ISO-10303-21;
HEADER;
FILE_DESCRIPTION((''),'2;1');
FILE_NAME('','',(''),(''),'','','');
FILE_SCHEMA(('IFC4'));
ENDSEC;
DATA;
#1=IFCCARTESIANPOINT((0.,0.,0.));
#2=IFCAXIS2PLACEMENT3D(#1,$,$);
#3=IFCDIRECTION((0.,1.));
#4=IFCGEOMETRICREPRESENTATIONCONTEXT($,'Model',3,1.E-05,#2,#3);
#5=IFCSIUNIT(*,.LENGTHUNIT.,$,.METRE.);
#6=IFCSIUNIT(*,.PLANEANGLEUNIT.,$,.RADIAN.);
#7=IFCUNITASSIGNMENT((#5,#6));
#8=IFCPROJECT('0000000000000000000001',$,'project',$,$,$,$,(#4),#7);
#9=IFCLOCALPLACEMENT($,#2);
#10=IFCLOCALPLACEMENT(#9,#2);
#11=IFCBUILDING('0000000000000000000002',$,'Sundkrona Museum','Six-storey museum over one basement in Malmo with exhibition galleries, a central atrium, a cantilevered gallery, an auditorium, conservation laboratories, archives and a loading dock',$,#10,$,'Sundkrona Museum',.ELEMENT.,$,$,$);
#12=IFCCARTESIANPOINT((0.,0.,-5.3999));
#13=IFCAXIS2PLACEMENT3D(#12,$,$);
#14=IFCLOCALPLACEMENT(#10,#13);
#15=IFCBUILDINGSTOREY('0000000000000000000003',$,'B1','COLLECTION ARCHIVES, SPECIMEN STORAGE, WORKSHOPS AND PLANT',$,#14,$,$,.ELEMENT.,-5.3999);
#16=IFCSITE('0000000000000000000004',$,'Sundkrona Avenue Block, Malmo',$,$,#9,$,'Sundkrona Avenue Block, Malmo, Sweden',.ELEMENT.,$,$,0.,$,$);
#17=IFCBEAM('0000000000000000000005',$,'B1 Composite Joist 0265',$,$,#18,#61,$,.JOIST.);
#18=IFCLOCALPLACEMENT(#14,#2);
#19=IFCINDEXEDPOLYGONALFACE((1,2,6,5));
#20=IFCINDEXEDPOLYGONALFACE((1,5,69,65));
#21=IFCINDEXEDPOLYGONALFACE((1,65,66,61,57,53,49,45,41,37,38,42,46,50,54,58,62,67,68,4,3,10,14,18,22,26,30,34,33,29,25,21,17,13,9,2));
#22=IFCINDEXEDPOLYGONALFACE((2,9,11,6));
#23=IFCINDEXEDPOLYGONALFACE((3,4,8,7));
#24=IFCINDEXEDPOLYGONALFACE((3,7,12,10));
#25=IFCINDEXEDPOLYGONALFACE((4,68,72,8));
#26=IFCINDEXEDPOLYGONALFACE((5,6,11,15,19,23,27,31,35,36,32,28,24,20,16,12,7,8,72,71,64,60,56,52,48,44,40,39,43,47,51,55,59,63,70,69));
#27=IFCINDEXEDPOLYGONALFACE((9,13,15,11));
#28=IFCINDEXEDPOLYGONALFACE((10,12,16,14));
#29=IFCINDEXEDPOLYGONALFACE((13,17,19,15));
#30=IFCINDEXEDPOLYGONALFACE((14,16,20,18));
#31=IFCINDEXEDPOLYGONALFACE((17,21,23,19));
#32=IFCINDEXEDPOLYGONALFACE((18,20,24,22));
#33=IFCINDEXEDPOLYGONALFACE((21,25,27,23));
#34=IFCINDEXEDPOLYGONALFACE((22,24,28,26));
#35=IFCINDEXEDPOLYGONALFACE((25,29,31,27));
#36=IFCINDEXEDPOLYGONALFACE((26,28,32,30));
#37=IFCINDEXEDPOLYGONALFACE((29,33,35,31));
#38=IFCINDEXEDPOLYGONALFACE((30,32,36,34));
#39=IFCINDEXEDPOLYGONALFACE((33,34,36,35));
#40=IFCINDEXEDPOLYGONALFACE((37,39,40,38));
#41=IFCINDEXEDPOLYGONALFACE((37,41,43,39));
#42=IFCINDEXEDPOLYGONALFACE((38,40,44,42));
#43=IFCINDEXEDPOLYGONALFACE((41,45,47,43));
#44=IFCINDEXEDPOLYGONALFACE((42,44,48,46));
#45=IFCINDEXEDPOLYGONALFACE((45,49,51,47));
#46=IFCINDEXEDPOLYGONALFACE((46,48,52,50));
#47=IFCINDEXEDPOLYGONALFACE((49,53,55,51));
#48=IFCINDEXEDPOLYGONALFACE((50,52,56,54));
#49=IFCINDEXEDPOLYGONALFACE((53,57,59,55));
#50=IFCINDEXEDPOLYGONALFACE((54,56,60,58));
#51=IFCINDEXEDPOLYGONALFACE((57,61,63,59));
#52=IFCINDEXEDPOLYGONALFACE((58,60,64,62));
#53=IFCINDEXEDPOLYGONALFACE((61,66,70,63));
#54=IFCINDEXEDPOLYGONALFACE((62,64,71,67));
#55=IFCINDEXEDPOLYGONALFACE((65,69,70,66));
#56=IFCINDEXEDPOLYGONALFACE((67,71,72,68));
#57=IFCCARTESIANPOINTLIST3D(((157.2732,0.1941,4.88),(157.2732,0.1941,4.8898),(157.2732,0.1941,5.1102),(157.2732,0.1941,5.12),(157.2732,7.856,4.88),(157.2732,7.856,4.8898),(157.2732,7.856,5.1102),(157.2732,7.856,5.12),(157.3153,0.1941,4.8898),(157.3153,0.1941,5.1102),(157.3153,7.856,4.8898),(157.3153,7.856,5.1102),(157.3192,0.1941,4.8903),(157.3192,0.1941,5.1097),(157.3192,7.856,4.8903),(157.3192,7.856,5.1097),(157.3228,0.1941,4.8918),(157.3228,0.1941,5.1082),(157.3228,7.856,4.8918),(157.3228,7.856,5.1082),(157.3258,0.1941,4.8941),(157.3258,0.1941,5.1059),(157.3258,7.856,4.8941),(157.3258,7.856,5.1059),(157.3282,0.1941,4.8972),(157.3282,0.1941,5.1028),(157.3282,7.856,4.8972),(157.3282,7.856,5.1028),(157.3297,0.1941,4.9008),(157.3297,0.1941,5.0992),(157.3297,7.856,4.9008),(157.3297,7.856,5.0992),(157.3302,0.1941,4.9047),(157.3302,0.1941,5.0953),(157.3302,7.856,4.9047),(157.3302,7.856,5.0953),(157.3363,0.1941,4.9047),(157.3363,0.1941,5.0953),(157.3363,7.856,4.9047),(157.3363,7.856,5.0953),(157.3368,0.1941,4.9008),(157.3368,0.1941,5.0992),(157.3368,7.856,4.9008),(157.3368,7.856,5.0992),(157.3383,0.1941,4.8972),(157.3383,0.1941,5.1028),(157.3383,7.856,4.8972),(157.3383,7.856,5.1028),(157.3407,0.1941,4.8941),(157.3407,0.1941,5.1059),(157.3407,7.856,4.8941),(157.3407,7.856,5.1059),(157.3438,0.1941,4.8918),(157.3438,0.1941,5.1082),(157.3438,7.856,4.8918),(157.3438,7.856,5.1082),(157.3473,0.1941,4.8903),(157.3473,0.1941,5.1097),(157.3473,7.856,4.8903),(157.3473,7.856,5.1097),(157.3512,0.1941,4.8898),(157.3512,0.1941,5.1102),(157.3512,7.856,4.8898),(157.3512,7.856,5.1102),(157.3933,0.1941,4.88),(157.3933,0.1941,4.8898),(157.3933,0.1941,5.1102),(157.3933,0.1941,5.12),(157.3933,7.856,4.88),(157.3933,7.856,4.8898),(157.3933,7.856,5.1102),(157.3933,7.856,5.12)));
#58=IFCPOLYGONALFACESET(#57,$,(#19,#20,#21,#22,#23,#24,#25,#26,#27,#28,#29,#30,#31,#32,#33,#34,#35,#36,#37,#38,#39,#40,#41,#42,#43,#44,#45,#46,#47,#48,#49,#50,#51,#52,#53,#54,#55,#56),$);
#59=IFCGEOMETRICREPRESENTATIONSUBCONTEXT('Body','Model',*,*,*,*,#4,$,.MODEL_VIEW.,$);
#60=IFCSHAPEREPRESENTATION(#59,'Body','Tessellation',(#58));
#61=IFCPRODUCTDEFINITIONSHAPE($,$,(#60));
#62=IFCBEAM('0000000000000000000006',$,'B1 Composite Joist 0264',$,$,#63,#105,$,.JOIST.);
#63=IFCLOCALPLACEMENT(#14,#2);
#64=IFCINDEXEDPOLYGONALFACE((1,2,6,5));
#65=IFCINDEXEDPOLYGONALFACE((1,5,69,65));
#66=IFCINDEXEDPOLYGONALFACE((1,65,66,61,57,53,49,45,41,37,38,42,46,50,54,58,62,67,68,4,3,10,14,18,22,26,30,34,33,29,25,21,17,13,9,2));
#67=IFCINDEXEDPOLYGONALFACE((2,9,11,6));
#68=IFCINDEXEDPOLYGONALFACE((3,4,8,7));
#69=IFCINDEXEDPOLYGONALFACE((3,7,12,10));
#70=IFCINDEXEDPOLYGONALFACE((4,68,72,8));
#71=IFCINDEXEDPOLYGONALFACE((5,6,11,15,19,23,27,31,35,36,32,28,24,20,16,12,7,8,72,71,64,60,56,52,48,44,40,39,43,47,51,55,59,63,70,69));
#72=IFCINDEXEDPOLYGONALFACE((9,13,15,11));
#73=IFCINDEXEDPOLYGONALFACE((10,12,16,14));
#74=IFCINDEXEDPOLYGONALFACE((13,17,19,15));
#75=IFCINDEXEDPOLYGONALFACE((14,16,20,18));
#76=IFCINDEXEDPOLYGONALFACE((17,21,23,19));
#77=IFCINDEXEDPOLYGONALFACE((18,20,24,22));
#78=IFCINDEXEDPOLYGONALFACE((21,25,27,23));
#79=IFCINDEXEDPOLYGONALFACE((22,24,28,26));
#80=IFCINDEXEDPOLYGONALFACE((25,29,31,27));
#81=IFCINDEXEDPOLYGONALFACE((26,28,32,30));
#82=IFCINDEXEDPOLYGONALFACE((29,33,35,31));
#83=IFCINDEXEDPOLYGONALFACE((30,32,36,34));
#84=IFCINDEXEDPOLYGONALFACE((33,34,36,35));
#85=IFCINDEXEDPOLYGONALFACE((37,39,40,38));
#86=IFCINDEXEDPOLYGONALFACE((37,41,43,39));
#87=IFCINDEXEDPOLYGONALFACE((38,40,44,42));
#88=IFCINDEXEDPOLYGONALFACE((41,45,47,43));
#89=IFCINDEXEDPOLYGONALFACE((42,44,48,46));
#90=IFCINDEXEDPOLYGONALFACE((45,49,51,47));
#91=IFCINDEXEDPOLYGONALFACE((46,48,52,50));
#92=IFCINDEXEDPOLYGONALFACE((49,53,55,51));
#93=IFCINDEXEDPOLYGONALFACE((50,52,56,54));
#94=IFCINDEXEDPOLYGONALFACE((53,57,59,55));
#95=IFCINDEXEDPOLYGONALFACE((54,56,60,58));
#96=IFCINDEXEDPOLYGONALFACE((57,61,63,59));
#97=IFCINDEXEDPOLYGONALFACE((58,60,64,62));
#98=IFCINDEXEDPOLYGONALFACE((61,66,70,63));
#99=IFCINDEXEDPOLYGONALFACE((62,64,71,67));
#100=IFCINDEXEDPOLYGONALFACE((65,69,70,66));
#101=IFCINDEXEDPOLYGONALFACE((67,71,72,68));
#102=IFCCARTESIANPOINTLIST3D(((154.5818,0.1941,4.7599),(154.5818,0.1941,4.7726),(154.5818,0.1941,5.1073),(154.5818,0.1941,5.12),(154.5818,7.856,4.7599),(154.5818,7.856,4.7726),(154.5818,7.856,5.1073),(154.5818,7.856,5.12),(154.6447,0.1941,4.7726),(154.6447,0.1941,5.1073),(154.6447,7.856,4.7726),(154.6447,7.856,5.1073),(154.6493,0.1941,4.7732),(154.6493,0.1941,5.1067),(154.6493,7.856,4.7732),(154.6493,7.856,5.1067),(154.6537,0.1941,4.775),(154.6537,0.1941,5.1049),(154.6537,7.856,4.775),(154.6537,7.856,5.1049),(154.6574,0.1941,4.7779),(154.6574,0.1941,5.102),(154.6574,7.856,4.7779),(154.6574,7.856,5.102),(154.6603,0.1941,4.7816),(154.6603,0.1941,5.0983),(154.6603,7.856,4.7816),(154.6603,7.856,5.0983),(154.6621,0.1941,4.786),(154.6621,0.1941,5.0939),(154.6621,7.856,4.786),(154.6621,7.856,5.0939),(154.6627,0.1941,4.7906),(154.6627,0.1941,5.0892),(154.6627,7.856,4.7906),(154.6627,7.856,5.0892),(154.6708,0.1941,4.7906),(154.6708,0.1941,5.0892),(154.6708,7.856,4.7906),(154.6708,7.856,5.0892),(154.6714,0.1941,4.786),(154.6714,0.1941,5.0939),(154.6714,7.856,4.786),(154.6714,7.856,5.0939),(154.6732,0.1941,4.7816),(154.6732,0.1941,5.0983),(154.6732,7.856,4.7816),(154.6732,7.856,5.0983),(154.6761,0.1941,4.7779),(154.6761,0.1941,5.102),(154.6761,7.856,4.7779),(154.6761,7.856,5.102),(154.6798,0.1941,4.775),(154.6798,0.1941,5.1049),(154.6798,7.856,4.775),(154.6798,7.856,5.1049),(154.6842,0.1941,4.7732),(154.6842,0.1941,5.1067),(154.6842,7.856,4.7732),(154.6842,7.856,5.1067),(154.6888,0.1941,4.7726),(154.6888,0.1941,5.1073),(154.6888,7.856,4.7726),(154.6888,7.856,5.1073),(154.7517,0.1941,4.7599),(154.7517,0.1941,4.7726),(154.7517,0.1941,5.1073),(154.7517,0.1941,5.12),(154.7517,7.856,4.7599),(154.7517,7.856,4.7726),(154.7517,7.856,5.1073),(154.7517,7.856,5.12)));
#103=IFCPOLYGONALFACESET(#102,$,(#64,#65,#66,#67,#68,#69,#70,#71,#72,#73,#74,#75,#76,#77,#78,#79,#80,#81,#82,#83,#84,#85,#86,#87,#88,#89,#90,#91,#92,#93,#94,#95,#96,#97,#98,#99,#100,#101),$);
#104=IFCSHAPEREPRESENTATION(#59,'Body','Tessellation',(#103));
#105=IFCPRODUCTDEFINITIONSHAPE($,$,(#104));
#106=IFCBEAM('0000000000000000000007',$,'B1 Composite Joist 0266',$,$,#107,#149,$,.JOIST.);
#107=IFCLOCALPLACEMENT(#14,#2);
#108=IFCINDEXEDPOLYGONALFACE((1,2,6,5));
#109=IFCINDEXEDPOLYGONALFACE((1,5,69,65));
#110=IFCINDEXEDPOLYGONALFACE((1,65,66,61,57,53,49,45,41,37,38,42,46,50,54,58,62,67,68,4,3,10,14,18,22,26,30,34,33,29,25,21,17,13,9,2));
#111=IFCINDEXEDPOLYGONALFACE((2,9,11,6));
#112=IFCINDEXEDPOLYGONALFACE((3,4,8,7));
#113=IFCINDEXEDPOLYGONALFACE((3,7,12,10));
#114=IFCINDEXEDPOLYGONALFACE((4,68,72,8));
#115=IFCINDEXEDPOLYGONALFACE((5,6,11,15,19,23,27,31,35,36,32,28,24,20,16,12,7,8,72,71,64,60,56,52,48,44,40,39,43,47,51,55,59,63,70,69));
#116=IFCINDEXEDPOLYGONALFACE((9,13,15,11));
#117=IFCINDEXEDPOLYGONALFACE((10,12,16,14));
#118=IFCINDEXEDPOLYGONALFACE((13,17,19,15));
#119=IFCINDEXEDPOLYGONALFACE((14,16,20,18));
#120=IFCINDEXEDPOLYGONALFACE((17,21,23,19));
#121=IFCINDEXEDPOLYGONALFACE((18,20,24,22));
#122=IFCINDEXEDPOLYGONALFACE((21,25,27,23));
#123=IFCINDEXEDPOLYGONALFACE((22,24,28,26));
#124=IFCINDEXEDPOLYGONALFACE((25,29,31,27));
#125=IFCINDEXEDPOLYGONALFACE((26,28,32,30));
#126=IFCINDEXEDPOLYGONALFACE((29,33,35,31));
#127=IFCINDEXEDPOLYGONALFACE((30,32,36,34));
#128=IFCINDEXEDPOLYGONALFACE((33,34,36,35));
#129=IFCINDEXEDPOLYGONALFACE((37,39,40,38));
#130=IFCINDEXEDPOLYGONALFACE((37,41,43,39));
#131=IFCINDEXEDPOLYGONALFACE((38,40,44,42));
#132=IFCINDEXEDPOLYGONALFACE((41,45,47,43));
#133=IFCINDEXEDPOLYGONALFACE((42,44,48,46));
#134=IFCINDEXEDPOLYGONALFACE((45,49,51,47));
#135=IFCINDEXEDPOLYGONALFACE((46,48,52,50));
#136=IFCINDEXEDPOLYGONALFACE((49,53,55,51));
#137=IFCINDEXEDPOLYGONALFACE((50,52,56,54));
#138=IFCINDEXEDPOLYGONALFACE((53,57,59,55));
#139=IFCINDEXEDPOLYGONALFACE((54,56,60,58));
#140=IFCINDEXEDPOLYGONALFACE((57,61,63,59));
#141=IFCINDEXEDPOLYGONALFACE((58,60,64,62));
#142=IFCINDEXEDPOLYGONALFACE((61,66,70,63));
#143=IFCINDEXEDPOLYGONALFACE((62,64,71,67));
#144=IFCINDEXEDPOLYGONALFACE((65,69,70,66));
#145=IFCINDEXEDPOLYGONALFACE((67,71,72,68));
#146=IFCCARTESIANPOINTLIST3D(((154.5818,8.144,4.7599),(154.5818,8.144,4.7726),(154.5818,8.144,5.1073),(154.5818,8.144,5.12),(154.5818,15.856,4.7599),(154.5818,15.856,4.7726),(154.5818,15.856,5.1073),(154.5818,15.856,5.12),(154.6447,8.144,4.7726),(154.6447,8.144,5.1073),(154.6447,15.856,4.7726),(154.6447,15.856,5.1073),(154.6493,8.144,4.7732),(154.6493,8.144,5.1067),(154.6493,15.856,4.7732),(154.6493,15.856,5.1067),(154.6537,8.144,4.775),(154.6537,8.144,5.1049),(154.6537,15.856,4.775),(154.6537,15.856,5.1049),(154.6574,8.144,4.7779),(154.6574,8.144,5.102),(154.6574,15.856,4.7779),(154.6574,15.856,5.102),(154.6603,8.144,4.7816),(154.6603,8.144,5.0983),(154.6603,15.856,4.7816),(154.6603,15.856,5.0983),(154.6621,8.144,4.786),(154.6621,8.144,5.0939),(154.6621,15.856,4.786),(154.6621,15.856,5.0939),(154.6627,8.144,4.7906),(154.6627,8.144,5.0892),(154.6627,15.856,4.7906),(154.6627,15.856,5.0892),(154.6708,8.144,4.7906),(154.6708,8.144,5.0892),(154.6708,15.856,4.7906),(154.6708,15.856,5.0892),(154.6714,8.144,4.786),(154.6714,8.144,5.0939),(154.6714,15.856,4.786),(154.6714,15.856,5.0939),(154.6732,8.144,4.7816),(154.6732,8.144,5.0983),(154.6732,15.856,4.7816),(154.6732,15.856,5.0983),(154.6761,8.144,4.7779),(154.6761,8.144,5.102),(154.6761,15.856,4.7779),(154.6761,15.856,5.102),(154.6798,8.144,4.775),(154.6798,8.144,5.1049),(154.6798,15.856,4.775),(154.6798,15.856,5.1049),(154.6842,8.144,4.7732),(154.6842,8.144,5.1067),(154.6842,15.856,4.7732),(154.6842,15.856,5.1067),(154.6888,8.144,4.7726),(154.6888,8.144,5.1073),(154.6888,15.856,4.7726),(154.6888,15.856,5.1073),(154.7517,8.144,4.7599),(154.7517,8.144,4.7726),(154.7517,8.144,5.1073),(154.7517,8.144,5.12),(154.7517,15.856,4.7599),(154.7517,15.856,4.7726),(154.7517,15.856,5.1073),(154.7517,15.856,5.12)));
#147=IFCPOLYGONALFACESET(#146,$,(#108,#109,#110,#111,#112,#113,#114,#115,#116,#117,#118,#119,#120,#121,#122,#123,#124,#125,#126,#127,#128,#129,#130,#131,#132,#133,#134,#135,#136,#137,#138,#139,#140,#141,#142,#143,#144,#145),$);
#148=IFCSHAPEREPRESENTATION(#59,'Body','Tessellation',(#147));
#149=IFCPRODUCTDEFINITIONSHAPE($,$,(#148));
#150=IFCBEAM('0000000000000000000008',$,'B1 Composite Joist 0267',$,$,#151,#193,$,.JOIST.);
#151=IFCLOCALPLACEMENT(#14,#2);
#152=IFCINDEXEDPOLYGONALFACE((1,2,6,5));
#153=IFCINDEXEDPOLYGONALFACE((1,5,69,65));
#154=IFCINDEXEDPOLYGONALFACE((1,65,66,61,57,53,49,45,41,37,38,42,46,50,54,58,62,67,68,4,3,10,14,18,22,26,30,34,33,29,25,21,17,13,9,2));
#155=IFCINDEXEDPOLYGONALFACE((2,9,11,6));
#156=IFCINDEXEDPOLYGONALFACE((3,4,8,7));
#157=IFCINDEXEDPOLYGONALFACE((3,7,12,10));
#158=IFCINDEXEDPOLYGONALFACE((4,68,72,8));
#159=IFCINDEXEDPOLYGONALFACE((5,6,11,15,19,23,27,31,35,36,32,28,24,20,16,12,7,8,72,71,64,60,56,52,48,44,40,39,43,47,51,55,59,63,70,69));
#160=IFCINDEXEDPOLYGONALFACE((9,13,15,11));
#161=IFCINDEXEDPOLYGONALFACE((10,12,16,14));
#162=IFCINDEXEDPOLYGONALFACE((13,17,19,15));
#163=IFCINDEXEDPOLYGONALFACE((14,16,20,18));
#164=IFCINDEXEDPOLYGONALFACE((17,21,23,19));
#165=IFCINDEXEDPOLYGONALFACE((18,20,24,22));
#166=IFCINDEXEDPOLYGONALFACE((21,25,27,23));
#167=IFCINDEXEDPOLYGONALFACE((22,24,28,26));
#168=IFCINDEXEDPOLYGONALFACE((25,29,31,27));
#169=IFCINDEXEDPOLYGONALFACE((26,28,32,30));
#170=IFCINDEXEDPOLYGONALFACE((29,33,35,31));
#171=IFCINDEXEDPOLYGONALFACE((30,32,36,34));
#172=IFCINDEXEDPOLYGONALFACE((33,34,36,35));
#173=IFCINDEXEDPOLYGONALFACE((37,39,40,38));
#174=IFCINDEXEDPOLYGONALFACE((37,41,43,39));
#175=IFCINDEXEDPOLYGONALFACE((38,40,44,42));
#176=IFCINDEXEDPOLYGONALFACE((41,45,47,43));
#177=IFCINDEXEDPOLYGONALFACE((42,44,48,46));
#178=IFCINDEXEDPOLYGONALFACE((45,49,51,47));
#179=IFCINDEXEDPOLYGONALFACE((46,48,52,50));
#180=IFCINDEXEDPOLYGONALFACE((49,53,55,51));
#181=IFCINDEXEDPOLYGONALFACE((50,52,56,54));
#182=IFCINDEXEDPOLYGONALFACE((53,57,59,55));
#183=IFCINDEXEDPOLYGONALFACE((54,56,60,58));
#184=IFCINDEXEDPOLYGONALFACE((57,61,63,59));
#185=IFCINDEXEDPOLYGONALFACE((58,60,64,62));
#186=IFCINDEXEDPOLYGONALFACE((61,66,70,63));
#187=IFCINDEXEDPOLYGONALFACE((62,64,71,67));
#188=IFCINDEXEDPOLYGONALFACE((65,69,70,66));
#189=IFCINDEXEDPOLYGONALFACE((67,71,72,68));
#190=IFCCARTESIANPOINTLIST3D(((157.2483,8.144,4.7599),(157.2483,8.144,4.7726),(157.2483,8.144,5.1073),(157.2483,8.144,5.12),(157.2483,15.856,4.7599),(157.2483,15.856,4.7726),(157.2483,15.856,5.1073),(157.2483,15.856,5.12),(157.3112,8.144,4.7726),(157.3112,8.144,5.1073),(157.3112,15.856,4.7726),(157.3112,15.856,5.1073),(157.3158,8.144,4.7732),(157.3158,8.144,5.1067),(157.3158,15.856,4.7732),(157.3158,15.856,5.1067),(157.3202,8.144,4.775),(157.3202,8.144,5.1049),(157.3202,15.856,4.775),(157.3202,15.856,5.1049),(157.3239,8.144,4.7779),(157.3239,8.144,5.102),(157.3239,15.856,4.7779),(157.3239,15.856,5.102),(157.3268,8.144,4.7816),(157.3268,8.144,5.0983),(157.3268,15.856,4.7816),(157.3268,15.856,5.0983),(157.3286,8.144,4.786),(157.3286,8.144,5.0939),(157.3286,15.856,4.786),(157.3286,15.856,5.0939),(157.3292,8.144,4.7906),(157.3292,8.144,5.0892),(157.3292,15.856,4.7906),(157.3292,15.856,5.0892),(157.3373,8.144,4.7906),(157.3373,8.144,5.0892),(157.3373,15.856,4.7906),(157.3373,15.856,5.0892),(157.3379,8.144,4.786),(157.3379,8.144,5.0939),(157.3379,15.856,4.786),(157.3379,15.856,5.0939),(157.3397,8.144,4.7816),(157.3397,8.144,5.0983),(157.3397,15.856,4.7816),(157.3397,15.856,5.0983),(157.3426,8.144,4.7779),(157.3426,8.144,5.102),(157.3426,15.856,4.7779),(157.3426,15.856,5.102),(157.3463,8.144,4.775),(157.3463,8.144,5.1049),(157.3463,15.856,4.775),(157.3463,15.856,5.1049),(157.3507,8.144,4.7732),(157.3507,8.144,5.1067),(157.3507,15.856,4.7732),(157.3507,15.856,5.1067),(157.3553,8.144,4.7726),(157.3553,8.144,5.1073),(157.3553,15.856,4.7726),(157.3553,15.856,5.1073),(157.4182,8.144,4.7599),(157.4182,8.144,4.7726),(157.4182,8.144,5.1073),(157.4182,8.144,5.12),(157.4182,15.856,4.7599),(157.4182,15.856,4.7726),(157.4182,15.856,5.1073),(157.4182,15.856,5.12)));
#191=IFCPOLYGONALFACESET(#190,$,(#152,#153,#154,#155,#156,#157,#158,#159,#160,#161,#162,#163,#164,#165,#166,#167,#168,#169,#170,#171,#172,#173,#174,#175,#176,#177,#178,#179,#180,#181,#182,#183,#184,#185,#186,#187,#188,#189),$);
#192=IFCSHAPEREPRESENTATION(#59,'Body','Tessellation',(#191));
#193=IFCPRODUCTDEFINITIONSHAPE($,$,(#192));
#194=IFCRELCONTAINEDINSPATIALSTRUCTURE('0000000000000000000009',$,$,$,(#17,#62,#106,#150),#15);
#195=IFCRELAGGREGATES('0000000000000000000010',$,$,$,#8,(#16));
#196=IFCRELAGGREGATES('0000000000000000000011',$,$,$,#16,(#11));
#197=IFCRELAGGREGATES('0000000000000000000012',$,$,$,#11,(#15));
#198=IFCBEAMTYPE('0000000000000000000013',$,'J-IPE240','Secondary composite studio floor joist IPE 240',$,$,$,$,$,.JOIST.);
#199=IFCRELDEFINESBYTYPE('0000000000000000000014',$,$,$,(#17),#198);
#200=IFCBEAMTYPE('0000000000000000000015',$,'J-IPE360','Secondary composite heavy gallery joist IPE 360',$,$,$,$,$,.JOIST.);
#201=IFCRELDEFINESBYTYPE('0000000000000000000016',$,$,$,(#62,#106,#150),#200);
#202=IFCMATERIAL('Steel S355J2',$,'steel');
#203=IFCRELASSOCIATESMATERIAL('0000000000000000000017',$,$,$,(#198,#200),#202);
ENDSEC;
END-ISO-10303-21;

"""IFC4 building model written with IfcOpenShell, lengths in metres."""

from ifc_helpers import new_model, si_unit, direction, frame, origin, origin_2d, place, context, subcontext, project, spatial, i_section, extrude, material, material_profile, profile_set, type_object, element, save


model = new_model("IFC4")

# Units and contexts
model_context = context("Model", 3, precision=1e-05, world=origin(), true_north=direction((0.0, 1.0)))
body_context = subcontext(model_context, "Body", "Model", "MODEL_VIEW")
ifc_project = project(units=[si_unit("LENGTHUNIT", "METRE"), si_unit("PLANEANGLEUNIT", "RADIAN")], contexts=[model_context])

# Site, building, storey
site_placement = place(None, origin())
site = spatial("IfcSite", under=ifc_project, at=site_placement, Name="Sundkrona Avenue Block, Malmo", LongName="Sundkrona Avenue Block, Malmo, Sweden", CompositionType="ELEMENT", RefElevation=0.0)
building_placement = place(site_placement, origin())
building = spatial("IfcBuilding", under=site, at=building_placement, Name="Sundkrona Museum", Description="Six-storey museum over one basement in Malmo with exhibition galleries, a central atrium, a cantilevered gallery, an auditorium, conservation laboratories, archives and a loading dock", LongName="Sundkrona Museum", CompositionType="ELEMENT")
storey_placement = place(building_placement, frame((0.0, 0.0, -5.3999)))
storey = spatial("IfcBuildingStorey", under=building, at=storey_placement, Name="B1", Description="COLLECTION ARCHIVES, SPECIMEN STORAGE, WORKSHOPS AND PLANT", CompositionType="ELEMENT", Elevation=-5.3999)

# Beams
ifc_material_1 = material(Name="Steel S355J2", Category="steel")
ifc_material_profile_1 = material_profile(ifc_material_1, i_section(OverallWidth=0.1201, OverallDepth=0.24, WebThickness=0.0061, FlangeThickness=0.0098, FilletRadius=0.0149, at=origin_2d()), Name="IPE 240")
ifc_profile_set_1 = profile_set([ifc_material_profile_1], Name="Steel S355J2")
beam_type_1 = type_object("IfcBeamType", Name="J-IPE240", Description="Secondary composite studio floor joist IPE 240", PredefinedType="JOIST", material=ifc_profile_set_1)
beam_1_placement = place(storey_placement, frame((157.3333, 0.1941, 5.0), z_axis=(0.0, 1.0, 0.0), x_axis=(-1.0, 0.0, 0.0)))
element("IfcBeam", 1, at=beam_1_placement, inside=storey, type_object=beam_type_1, Name="B1 Composite Joist 0265", PredefinedType="JOIST", context=body_context, shape_type="SweptSolid", body=[
    extrude(i_section(OverallWidth=0.1201, OverallDepth=0.24, WebThickness=0.0061, FlangeThickness=0.0098, FilletRadius=0.0149, at=origin_2d()), origin(), (0.0, 0.0, 1.0), 7.6619),
])
ifc_material_profile_2 = material_profile(ifc_material_1, i_section(OverallWidth=0.1699, OverallDepth=0.3601, WebThickness=0.0081, FlangeThickness=0.0127, FilletRadius=0.0181, at=origin_2d()), Name="IPE 360")
ifc_profile_set_2 = profile_set([ifc_material_profile_2], Name="Steel S355J2")
beam_type_2 = type_object("IfcBeamType", Name="J-IPE360", Description="Secondary composite heavy gallery joist IPE 360", PredefinedType="JOIST", material=ifc_profile_set_2)
beam_2_placement = place(storey_placement, frame((154.6667, 0.1941, 4.9399), z_axis=(0.0, 1.0, 0.0), x_axis=(-1.0, 0.0, 0.0)))
element("IfcBeam", 2, at=beam_2_placement, inside=storey, type_object=beam_type_2, Name="B1 Composite Joist 0264", PredefinedType="JOIST", context=body_context, shape_type="SweptSolid", body=[
    extrude(i_section(OverallWidth=0.1699, OverallDepth=0.3601, WebThickness=0.0081, FlangeThickness=0.0127, FilletRadius=0.0181, at=origin_2d()), origin(), (0.0, 0.0, 1.0), 7.6619),
])
for number, where, z_axis, x_axis, name in (
    (3, (154.6667, 8.144, 4.9399), (0.0, 1.0, 0.0), (-1.0, 0.0, 0.0), "B1 Composite Joist 0266"),
    (4, (157.3333, 8.144, 4.9399), (0.0, 1.0, 0.0), (-1.0, 0.0, 0.0), "B1 Composite Joist 0267"),
):
    element("IfcBeam", number, at=place(storey_placement, frame(where, z_axis=z_axis, x_axis=x_axis)), inside=storey, type_object=beam_type_2, Name=name, PredefinedType="JOIST", context=body_context, shape_type="SweptSolid", body=[
        extrude(i_section(OverallWidth=0.1699, OverallDepth=0.3601, WebThickness=0.0081, FlangeThickness=0.0127, FilletRadius=0.0181, at=origin_2d()), origin(), (0.0, 0.0, 1.0), 7.7119),
    ])

save(model, "model.ifc")
